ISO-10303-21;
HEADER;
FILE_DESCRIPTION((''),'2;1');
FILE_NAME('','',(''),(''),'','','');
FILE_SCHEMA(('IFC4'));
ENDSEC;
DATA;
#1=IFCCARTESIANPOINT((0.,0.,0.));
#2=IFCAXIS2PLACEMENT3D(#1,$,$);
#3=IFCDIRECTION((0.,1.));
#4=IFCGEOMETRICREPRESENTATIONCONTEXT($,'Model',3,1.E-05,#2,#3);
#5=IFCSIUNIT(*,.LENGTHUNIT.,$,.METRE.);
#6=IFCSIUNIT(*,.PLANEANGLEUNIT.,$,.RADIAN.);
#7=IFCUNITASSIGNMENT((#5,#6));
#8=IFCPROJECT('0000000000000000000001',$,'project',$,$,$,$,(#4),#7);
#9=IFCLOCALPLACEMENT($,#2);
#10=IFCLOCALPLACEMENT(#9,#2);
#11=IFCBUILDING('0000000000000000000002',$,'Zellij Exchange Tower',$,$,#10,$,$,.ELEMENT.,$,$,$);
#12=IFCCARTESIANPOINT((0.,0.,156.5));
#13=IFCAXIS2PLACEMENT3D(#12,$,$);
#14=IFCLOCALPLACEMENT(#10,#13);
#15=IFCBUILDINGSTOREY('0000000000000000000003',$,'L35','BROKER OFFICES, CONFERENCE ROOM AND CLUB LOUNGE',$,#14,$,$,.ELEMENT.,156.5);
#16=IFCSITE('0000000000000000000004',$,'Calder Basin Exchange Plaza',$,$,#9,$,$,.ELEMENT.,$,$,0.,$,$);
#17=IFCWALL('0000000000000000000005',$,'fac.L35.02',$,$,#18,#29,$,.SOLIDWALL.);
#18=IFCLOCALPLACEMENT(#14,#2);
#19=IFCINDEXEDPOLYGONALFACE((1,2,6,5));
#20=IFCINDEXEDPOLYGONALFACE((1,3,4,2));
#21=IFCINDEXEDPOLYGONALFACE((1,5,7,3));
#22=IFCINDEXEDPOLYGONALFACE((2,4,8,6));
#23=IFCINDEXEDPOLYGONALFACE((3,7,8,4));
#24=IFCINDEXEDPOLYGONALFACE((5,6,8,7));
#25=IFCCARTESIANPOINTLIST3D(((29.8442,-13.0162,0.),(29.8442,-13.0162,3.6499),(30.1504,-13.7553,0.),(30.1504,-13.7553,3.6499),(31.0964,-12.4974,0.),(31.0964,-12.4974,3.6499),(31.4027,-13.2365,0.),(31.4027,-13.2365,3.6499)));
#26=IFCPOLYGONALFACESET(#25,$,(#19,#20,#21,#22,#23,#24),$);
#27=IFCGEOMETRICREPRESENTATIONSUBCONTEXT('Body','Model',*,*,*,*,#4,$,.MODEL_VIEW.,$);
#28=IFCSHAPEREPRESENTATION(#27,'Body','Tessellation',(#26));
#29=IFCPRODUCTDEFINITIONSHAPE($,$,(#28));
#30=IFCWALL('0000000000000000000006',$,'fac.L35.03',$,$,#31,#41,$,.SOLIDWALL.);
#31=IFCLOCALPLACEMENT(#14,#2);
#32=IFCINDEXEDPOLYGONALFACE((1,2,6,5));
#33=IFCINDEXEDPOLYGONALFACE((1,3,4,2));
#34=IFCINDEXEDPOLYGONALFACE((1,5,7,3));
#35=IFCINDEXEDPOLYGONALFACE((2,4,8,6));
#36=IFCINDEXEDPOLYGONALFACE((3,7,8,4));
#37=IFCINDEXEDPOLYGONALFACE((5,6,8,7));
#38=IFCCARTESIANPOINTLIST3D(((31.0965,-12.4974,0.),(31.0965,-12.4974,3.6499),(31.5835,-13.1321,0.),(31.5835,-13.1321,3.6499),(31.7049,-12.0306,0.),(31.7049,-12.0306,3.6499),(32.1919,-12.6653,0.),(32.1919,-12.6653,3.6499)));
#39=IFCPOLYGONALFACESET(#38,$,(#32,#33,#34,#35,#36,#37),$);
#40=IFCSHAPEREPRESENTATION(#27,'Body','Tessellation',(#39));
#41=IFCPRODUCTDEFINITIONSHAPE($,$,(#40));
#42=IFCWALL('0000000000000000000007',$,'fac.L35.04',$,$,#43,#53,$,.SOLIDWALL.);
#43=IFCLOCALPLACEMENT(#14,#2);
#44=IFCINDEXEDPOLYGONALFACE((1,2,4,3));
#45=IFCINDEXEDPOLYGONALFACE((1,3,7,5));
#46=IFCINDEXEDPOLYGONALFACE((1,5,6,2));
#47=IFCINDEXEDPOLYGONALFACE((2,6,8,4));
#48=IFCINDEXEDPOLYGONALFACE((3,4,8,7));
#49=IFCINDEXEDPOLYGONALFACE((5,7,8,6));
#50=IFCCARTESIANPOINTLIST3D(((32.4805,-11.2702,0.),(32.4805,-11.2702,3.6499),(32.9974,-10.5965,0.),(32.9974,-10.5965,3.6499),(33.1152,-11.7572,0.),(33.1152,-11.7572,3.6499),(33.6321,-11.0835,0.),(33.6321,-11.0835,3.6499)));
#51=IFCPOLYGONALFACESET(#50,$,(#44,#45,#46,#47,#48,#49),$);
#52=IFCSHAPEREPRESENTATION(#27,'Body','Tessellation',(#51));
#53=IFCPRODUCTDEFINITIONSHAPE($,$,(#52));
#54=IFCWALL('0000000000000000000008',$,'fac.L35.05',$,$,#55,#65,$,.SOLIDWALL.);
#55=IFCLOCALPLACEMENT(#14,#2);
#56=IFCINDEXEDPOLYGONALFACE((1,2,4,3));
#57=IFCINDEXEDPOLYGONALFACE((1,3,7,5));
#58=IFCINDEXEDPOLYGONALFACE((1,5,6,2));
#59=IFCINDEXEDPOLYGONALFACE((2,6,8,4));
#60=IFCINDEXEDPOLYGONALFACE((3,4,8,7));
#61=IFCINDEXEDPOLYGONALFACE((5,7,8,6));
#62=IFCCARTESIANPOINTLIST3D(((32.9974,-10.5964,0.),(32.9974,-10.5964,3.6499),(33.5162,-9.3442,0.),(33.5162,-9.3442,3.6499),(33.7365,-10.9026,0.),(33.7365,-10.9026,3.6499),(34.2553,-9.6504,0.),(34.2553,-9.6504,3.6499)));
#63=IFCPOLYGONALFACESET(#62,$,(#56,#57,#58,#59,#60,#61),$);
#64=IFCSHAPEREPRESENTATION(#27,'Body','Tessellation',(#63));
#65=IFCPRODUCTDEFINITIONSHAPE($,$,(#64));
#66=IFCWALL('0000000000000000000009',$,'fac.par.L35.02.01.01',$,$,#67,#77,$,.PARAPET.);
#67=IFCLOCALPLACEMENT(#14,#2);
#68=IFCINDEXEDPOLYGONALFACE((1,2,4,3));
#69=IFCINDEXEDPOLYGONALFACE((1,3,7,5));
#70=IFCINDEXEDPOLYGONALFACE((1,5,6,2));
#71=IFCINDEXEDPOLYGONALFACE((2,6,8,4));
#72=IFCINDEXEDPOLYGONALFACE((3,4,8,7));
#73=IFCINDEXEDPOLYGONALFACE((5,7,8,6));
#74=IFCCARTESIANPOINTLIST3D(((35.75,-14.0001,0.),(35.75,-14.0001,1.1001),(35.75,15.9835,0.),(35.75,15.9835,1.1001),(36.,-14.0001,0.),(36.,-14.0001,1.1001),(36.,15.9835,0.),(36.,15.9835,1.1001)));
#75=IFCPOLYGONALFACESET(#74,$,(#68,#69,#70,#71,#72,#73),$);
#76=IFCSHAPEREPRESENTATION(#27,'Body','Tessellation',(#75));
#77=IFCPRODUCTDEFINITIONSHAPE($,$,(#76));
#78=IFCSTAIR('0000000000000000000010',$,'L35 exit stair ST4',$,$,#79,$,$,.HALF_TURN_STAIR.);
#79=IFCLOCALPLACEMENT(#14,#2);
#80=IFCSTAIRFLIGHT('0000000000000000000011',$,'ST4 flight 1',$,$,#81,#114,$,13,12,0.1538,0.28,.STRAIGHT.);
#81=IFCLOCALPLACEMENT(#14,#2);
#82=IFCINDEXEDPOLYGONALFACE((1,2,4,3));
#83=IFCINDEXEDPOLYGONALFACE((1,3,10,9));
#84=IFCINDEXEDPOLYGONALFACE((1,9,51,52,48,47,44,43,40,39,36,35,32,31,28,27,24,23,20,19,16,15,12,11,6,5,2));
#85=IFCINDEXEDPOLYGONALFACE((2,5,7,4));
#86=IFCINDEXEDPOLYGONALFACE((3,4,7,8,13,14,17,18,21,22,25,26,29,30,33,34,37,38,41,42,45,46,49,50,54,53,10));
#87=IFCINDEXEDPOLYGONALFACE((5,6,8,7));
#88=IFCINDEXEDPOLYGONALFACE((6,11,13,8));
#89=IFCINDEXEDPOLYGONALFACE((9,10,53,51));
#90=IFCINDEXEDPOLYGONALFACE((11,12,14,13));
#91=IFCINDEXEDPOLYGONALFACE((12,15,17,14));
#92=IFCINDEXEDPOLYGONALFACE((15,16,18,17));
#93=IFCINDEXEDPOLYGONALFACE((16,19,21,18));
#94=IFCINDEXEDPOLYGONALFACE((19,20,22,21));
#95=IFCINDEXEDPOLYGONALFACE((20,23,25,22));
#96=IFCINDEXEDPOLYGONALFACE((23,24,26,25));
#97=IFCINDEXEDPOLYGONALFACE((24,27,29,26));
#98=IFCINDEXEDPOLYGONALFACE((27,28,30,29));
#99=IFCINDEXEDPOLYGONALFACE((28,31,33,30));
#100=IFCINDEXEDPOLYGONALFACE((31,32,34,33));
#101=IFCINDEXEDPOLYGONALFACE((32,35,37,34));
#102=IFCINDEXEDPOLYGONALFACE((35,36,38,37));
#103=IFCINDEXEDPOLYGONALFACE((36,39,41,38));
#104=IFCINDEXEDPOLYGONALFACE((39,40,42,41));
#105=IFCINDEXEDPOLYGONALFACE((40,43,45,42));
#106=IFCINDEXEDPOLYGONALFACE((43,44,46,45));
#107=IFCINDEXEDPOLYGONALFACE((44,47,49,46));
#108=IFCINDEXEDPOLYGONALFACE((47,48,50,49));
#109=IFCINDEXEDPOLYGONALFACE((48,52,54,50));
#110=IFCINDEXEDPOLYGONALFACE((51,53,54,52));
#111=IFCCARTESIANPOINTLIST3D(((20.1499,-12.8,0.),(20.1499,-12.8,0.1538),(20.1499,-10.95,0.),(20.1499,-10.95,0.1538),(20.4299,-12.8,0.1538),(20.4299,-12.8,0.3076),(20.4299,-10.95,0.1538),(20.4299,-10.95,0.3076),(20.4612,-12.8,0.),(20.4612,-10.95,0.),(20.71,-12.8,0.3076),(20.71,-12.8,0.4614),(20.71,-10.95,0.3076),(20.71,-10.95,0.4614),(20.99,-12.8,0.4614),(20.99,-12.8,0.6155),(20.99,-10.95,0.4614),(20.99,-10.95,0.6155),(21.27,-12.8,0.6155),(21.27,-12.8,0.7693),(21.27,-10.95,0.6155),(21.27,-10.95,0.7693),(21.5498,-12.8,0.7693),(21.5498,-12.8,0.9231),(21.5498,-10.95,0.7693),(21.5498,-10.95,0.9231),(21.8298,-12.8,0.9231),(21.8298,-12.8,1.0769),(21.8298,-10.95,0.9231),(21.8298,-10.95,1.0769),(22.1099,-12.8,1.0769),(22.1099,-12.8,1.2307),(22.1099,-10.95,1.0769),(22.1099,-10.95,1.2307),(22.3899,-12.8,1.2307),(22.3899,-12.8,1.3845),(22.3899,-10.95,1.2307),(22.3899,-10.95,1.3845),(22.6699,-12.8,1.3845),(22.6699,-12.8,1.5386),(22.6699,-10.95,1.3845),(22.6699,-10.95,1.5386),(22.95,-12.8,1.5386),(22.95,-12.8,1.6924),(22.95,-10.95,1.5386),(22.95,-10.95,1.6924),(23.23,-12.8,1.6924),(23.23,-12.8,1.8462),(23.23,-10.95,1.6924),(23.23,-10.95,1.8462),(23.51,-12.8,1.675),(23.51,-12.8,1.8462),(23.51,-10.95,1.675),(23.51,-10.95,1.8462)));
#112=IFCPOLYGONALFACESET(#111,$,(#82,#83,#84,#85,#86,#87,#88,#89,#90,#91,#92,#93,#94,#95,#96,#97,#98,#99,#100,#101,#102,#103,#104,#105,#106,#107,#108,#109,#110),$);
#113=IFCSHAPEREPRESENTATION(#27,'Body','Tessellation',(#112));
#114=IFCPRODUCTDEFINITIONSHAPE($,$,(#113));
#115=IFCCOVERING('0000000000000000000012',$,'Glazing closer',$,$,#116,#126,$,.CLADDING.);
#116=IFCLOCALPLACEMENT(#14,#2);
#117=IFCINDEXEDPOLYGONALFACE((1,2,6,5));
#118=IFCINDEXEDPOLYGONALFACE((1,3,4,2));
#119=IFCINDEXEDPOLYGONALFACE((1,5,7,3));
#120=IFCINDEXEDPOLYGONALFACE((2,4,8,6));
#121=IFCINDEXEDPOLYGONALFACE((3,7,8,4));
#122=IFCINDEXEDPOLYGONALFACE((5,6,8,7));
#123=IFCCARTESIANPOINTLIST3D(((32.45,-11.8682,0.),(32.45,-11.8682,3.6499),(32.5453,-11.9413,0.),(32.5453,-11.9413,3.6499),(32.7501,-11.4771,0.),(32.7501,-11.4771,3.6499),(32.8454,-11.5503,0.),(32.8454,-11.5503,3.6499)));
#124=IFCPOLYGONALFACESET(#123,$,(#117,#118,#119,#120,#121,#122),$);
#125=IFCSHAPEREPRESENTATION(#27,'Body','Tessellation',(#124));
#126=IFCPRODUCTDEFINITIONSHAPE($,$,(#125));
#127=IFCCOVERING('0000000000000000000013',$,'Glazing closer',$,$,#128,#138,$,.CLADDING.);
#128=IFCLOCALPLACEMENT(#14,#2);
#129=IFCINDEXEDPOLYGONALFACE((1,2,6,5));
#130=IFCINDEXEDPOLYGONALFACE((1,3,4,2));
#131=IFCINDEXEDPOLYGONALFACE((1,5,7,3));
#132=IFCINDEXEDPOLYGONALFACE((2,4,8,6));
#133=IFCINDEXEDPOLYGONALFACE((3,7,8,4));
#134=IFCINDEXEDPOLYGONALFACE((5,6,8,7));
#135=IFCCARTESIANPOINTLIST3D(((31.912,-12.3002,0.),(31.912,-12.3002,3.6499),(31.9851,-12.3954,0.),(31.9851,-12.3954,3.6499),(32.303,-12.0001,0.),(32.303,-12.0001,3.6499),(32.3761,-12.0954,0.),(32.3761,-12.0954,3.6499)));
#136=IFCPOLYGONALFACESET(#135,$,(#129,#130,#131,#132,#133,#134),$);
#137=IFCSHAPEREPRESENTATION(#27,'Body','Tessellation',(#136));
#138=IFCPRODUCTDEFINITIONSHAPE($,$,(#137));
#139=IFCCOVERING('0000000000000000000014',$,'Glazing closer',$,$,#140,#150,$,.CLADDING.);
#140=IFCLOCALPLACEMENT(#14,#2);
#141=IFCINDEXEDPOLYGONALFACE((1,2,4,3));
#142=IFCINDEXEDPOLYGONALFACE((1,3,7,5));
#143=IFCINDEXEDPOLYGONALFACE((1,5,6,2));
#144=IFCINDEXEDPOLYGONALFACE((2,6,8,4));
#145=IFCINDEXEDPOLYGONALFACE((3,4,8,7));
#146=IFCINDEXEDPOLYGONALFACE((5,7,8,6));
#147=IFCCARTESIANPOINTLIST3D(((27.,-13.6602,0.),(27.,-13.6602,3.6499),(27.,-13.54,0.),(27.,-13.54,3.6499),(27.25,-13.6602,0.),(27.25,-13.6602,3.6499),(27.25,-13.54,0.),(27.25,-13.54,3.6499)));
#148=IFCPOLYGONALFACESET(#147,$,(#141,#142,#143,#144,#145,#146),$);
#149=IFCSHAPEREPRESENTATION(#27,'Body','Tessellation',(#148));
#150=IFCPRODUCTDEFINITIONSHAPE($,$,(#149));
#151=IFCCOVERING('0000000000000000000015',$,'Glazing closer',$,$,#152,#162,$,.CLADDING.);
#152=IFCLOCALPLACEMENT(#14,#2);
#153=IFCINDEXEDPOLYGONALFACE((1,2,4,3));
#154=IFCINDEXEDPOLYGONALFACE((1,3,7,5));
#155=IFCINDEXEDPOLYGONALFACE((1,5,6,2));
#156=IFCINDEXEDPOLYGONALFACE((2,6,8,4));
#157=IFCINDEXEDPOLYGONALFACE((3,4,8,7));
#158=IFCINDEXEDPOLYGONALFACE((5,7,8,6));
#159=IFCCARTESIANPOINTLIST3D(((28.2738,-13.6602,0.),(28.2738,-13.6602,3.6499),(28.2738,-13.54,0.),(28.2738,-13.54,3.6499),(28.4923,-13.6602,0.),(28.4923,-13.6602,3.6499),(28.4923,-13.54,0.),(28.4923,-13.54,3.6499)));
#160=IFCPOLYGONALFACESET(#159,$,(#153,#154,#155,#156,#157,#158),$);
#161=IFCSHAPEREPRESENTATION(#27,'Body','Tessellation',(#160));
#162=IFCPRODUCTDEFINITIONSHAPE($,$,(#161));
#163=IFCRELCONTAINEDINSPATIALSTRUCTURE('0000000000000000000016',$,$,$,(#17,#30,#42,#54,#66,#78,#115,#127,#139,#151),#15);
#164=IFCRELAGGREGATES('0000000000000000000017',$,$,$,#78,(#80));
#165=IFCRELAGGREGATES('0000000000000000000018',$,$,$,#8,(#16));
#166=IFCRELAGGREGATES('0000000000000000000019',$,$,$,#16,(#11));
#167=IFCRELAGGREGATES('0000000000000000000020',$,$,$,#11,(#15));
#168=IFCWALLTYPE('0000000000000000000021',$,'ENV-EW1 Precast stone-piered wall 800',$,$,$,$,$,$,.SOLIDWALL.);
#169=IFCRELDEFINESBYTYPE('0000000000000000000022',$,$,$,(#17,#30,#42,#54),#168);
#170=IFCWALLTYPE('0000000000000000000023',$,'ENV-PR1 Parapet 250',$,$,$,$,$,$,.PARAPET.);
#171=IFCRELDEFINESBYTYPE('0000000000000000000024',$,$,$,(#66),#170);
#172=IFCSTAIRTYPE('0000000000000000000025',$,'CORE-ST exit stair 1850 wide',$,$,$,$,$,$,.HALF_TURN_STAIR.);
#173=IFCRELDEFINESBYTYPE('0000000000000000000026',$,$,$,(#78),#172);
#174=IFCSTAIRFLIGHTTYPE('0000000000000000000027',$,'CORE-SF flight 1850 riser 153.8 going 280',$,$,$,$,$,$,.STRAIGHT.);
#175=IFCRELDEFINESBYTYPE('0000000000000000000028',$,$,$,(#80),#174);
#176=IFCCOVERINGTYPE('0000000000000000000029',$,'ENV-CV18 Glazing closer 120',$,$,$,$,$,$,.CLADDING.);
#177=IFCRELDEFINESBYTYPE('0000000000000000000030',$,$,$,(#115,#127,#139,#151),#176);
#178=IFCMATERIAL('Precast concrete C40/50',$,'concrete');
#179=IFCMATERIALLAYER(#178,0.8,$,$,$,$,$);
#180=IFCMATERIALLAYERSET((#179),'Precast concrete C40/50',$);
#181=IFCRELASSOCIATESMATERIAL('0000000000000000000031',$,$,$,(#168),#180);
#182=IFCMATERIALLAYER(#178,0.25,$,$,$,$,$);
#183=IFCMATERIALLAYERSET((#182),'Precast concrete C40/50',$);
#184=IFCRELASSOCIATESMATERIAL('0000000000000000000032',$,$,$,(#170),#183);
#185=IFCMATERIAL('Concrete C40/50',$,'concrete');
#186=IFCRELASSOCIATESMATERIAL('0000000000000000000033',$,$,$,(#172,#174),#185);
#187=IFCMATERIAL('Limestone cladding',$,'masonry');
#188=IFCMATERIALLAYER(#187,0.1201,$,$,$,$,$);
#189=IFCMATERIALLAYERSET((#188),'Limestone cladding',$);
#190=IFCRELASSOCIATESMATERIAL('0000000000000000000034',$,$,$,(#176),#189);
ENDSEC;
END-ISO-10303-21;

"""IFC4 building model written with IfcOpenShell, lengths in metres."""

from ifc_helpers import new_model, si_unit, direction, frame, frame_2d, origin, origin_2d, place, context, subcontext, project, spatial, polyline, rectangle, outline, extrude, material, layer, layer_set, type_object, element, aggregate, save


model = new_model("IFC4")

# Units and contexts
model_context = context("Model", 3, precision=1e-05, world=origin(), true_north=direction((0.0, 1.0)))
body_context = subcontext(model_context, "Body", "Model", "MODEL_VIEW")
ifc_project = project(units=[si_unit("LENGTHUNIT", "METRE"), si_unit("PLANEANGLEUNIT", "RADIAN")], contexts=[model_context])

# Site, building, storey
site_placement = place(None, origin())
site = spatial("IfcSite", under=ifc_project, at=site_placement, Name="Calder Basin Exchange Plaza", CompositionType="ELEMENT", RefElevation=0.0)
building_placement = place(site_placement, origin())
building = spatial("IfcBuilding", under=site, at=building_placement, Name="Zellij Exchange Tower", CompositionType="ELEMENT")
storey_placement = place(building_placement, frame((0.0, 0.0, 156.5)))
storey = spatial("IfcBuildingStorey", under=building, at=storey_placement, Name="L35", Description="BROKER OFFICES, CONFERENCE ROOM AND CLUB LOUNGE", CompositionType="ELEMENT", Elevation=156.5)

# Walls
ifc_material_1 = material(Name="Precast concrete C40/50", Category="concrete")
ifc_layer_1 = layer(ifc_material_1, 0.8)
ifc_layer_set_1 = layer_set([ifc_layer_1], Name="Precast concrete C40/50")
wall_type_1 = type_object("IfcWallType", Name="ENV-EW1 Precast stone-piered wall 800", PredefinedType="SOLIDWALL", material=ifc_layer_set_1)
wall_1_placement = place(storey_placement, frame((29.9973, -13.3857, 0.0), z_axis=(0.0, 0.0, 1.0), x_axis=(0.923848, 0.38276, 0.0)))
element("IfcWall", 1, at=wall_1_placement, inside=storey, type_object=wall_type_1, Name="fac.L35.02", PredefinedType="SOLIDWALL", context=body_context, shape_type="SweptSolid", body=[
    extrude(rectangle(XDim=1.3555, YDim=0.8, at=frame_2d((0.6777, 0.0))), origin(), (0.0, 0.0, 1.0), 3.6499),
])
wall_2_placement = place(storey_placement, frame((31.3401, -12.8147, 0.0), z_axis=(0.0, 0.0, 1.0), x_axis=(0.793381, 0.608726, 0.0)))
element("IfcWall", 2, at=wall_2_placement, inside=storey, type_object=wall_type_1, Name="fac.L35.03", PredefinedType="SOLIDWALL", context=body_context, shape_type="SweptSolid", body=[
    extrude(rectangle(XDim=0.7668, YDim=0.8, at=frame_2d((0.3833, 0.0))), origin(), (0.0, 0.0, 1.0), 3.6499),
])
wall_3_placement = place(storey_placement, frame((32.7979, -11.5137, 0.0), z_axis=(0.0, 0.0, 1.0), x_axis=(0.608751, 0.793361, 0.0)))
element("IfcWall", 3, at=wall_3_placement, inside=storey, type_object=wall_type_1, Name="fac.L35.04", PredefinedType="SOLIDWALL", context=body_context, shape_type="SweptSolid", body=[
    extrude(rectangle(XDim=0.8491, YDim=0.8, at=frame_2d((0.4246, 0.0))), origin(), (0.0, 0.0, 1.0), 3.6499),
])
wall_4_placement = place(storey_placement, frame((33.3669, -10.7495, 0.0), z_axis=(0.0, 0.0, 1.0), x_axis=(0.38276, 0.923848, 0.0)))
element("IfcWall", 4, at=wall_4_placement, inside=storey, type_object=wall_type_1, Name="fac.L35.05", PredefinedType="SOLIDWALL", context=body_context, shape_type="SweptSolid", body=[
    extrude(rectangle(XDim=1.3555, YDim=0.8, at=frame_2d((0.6777, 0.0))), origin(), (0.0, 0.0, 1.0), 3.6499),
])
ifc_layer_2 = layer(ifc_material_1, 0.25)
ifc_layer_set_2 = layer_set([ifc_layer_2], Name="Precast concrete C40/50")
wall_type_2 = type_object("IfcWallType", Name="ENV-PR1 Parapet 250", PredefinedType="PARAPET", material=ifc_layer_set_2)
wall_5_placement = place(storey_placement, frame((35.875, -14.0, 0.0), z_axis=(0.0, 0.0, 1.0), x_axis=(0.0, 1.0, 0.0)))
element("IfcWall", 5, at=wall_5_placement, inside=storey, type_object=wall_type_2, Name="fac.par.L35.02.01.01", PredefinedType="PARAPET", context=body_context, shape_type="SweptSolid", body=[
    extrude(rectangle(XDim=29.9836, YDim=0.25, at=frame_2d((14.9917, 0.0))), origin(), (0.0, 0.0, 1.0), 1.1001),
])

# Stair, stair flight
ifc_material_2 = material(Name="Concrete C40/50", Category="concrete")
stair_type = type_object("IfcStairType", Name="CORE-ST exit stair 1850 wide", PredefinedType="HALF_TURN_STAIR", material=ifc_material_2)
stair_placement = place(storey_placement, origin())
stair = element("IfcStair", 6, at=stair_placement, inside=storey, type_object=stair_type, Name="L35 exit stair ST4", PredefinedType="HALF_TURN_STAIR")
stair_flight_type = type_object("IfcStairFlightType", Name="CORE-SF flight 1850 riser 153.8 going 280", PredefinedType="STRAIGHT", material=ifc_material_2)
stair_flight_placement = place(storey_placement, frame((20.1499, -11.875, 0.0), z_axis=(0.0, 0.0, 1.0), x_axis=(1.0, 0.0, 0.0)))
stair_flight = element("IfcStairFlight", 7, at=stair_flight_placement, type_object=stair_flight_type, Name="ST4 flight 1", NumberOfRisers=13, NumberOfTreads=12, PredefinedType="STRAIGHT", RiserHeight=0.1538, TreadLength=0.28, context=body_context, shape_type="SweptSolid", body=[
    extrude(outline(polyline([(0.0, 0.0), (0.0, 0.1538), (0.28, 0.1538), (0.28, 0.3076), (0.5601, 0.3076), (0.5601, 0.4614), (0.8401, 0.4614), (0.8401, 0.6155), (1.1201, 0.6155), (1.1201, 0.7693), (1.3999, 0.7693), (1.3999, 0.9231), (1.6799, 0.9231), (1.6799, 1.0769), (1.96, 1.0769), (1.96, 1.2307), (2.24, 1.2307), (2.24, 1.3845), (2.52, 1.3845), (2.52, 1.5386), (2.8, 1.5386), (2.8, 1.6924), (3.0801, 1.6924), (3.0801, 1.8462), (3.3601, 1.8462), (3.3601, 2.0), (3.3601, 1.675), (0.3113, 0.0), (0.0, 0.0)])), frame((0.0, 0.925, 0.0), z_axis=(0.0, -1.0, 0.0), x_axis=(1.0, 0.0, 0.0)), (0.0, 0.0, 1.0), 1.8501),
])
aggregate(stair, [stair_flight])

# Coverings
ifc_material_3 = material(Name="Limestone cladding", Category="masonry")
ifc_layer_3 = layer(ifc_material_3, 0.1201)
ifc_layer_set_3 = layer_set([ifc_layer_3], Name="Limestone cladding")
covering_type = type_object("IfcCoveringType", Name="ENV-CV18 Glazing closer 120", PredefinedType="CLADDING", material=ifc_layer_set_3)
for number, where, z_axis, x_axis, name in (
    (8, (32.6477, -11.7092, 0.0), (0.0, 0.0, 1.0), (-0.60881, -0.793316, 0.0), "Glazing closer"),
    (9, (32.144, -12.1978, 0.0), (0.0, 0.0, 1.0), (0.793316, 0.60881, 0.0), "Glazing closer"),
):
    element("IfcCovering", number, at=place(storey_placement, frame(where, z_axis=z_axis, x_axis=x_axis)), inside=storey, type_object=covering_type, Name=name, PredefinedType="CLADDING", context=body_context, shape_type="SweptSolid", body=[
        extrude(rectangle(XDim=0.4929, YDim=0.1201, at=origin_2d()), origin(), (0.0, 0.0, 1.0), 3.6499),
    ])
covering_1_placement = place(storey_placement, frame((27.125, -13.6001, 0.0), z_axis=(0.0, 0.0, 1.0), x_axis=(-1.0, 0.0, 0.0)))
element("IfcCovering", 10, at=covering_1_placement, inside=storey, type_object=covering_type, Name="Glazing closer", PredefinedType="CLADDING", context=body_context, shape_type="SweptSolid", body=[
    extrude(rectangle(XDim=0.25, YDim=0.1201, at=origin_2d()), origin(), (0.0, 0.0, 1.0), 3.6499),
])
covering_2_placement = place(storey_placement, frame((28.3831, -13.6001, 0.0), z_axis=(0.0, 0.0, 1.0), x_axis=(1.0, 0.0, 0.0)))
element("IfcCovering", 11, at=covering_2_placement, inside=storey, type_object=covering_type, Name="Glazing closer", PredefinedType="CLADDING", context=body_context, shape_type="SweptSolid", body=[
    extrude(rectangle(XDim=0.2185, YDim=0.1201, at=origin_2d()), origin(), (0.0, 0.0, 1.0), 3.6499),
])

save(model, "model.ifc")
